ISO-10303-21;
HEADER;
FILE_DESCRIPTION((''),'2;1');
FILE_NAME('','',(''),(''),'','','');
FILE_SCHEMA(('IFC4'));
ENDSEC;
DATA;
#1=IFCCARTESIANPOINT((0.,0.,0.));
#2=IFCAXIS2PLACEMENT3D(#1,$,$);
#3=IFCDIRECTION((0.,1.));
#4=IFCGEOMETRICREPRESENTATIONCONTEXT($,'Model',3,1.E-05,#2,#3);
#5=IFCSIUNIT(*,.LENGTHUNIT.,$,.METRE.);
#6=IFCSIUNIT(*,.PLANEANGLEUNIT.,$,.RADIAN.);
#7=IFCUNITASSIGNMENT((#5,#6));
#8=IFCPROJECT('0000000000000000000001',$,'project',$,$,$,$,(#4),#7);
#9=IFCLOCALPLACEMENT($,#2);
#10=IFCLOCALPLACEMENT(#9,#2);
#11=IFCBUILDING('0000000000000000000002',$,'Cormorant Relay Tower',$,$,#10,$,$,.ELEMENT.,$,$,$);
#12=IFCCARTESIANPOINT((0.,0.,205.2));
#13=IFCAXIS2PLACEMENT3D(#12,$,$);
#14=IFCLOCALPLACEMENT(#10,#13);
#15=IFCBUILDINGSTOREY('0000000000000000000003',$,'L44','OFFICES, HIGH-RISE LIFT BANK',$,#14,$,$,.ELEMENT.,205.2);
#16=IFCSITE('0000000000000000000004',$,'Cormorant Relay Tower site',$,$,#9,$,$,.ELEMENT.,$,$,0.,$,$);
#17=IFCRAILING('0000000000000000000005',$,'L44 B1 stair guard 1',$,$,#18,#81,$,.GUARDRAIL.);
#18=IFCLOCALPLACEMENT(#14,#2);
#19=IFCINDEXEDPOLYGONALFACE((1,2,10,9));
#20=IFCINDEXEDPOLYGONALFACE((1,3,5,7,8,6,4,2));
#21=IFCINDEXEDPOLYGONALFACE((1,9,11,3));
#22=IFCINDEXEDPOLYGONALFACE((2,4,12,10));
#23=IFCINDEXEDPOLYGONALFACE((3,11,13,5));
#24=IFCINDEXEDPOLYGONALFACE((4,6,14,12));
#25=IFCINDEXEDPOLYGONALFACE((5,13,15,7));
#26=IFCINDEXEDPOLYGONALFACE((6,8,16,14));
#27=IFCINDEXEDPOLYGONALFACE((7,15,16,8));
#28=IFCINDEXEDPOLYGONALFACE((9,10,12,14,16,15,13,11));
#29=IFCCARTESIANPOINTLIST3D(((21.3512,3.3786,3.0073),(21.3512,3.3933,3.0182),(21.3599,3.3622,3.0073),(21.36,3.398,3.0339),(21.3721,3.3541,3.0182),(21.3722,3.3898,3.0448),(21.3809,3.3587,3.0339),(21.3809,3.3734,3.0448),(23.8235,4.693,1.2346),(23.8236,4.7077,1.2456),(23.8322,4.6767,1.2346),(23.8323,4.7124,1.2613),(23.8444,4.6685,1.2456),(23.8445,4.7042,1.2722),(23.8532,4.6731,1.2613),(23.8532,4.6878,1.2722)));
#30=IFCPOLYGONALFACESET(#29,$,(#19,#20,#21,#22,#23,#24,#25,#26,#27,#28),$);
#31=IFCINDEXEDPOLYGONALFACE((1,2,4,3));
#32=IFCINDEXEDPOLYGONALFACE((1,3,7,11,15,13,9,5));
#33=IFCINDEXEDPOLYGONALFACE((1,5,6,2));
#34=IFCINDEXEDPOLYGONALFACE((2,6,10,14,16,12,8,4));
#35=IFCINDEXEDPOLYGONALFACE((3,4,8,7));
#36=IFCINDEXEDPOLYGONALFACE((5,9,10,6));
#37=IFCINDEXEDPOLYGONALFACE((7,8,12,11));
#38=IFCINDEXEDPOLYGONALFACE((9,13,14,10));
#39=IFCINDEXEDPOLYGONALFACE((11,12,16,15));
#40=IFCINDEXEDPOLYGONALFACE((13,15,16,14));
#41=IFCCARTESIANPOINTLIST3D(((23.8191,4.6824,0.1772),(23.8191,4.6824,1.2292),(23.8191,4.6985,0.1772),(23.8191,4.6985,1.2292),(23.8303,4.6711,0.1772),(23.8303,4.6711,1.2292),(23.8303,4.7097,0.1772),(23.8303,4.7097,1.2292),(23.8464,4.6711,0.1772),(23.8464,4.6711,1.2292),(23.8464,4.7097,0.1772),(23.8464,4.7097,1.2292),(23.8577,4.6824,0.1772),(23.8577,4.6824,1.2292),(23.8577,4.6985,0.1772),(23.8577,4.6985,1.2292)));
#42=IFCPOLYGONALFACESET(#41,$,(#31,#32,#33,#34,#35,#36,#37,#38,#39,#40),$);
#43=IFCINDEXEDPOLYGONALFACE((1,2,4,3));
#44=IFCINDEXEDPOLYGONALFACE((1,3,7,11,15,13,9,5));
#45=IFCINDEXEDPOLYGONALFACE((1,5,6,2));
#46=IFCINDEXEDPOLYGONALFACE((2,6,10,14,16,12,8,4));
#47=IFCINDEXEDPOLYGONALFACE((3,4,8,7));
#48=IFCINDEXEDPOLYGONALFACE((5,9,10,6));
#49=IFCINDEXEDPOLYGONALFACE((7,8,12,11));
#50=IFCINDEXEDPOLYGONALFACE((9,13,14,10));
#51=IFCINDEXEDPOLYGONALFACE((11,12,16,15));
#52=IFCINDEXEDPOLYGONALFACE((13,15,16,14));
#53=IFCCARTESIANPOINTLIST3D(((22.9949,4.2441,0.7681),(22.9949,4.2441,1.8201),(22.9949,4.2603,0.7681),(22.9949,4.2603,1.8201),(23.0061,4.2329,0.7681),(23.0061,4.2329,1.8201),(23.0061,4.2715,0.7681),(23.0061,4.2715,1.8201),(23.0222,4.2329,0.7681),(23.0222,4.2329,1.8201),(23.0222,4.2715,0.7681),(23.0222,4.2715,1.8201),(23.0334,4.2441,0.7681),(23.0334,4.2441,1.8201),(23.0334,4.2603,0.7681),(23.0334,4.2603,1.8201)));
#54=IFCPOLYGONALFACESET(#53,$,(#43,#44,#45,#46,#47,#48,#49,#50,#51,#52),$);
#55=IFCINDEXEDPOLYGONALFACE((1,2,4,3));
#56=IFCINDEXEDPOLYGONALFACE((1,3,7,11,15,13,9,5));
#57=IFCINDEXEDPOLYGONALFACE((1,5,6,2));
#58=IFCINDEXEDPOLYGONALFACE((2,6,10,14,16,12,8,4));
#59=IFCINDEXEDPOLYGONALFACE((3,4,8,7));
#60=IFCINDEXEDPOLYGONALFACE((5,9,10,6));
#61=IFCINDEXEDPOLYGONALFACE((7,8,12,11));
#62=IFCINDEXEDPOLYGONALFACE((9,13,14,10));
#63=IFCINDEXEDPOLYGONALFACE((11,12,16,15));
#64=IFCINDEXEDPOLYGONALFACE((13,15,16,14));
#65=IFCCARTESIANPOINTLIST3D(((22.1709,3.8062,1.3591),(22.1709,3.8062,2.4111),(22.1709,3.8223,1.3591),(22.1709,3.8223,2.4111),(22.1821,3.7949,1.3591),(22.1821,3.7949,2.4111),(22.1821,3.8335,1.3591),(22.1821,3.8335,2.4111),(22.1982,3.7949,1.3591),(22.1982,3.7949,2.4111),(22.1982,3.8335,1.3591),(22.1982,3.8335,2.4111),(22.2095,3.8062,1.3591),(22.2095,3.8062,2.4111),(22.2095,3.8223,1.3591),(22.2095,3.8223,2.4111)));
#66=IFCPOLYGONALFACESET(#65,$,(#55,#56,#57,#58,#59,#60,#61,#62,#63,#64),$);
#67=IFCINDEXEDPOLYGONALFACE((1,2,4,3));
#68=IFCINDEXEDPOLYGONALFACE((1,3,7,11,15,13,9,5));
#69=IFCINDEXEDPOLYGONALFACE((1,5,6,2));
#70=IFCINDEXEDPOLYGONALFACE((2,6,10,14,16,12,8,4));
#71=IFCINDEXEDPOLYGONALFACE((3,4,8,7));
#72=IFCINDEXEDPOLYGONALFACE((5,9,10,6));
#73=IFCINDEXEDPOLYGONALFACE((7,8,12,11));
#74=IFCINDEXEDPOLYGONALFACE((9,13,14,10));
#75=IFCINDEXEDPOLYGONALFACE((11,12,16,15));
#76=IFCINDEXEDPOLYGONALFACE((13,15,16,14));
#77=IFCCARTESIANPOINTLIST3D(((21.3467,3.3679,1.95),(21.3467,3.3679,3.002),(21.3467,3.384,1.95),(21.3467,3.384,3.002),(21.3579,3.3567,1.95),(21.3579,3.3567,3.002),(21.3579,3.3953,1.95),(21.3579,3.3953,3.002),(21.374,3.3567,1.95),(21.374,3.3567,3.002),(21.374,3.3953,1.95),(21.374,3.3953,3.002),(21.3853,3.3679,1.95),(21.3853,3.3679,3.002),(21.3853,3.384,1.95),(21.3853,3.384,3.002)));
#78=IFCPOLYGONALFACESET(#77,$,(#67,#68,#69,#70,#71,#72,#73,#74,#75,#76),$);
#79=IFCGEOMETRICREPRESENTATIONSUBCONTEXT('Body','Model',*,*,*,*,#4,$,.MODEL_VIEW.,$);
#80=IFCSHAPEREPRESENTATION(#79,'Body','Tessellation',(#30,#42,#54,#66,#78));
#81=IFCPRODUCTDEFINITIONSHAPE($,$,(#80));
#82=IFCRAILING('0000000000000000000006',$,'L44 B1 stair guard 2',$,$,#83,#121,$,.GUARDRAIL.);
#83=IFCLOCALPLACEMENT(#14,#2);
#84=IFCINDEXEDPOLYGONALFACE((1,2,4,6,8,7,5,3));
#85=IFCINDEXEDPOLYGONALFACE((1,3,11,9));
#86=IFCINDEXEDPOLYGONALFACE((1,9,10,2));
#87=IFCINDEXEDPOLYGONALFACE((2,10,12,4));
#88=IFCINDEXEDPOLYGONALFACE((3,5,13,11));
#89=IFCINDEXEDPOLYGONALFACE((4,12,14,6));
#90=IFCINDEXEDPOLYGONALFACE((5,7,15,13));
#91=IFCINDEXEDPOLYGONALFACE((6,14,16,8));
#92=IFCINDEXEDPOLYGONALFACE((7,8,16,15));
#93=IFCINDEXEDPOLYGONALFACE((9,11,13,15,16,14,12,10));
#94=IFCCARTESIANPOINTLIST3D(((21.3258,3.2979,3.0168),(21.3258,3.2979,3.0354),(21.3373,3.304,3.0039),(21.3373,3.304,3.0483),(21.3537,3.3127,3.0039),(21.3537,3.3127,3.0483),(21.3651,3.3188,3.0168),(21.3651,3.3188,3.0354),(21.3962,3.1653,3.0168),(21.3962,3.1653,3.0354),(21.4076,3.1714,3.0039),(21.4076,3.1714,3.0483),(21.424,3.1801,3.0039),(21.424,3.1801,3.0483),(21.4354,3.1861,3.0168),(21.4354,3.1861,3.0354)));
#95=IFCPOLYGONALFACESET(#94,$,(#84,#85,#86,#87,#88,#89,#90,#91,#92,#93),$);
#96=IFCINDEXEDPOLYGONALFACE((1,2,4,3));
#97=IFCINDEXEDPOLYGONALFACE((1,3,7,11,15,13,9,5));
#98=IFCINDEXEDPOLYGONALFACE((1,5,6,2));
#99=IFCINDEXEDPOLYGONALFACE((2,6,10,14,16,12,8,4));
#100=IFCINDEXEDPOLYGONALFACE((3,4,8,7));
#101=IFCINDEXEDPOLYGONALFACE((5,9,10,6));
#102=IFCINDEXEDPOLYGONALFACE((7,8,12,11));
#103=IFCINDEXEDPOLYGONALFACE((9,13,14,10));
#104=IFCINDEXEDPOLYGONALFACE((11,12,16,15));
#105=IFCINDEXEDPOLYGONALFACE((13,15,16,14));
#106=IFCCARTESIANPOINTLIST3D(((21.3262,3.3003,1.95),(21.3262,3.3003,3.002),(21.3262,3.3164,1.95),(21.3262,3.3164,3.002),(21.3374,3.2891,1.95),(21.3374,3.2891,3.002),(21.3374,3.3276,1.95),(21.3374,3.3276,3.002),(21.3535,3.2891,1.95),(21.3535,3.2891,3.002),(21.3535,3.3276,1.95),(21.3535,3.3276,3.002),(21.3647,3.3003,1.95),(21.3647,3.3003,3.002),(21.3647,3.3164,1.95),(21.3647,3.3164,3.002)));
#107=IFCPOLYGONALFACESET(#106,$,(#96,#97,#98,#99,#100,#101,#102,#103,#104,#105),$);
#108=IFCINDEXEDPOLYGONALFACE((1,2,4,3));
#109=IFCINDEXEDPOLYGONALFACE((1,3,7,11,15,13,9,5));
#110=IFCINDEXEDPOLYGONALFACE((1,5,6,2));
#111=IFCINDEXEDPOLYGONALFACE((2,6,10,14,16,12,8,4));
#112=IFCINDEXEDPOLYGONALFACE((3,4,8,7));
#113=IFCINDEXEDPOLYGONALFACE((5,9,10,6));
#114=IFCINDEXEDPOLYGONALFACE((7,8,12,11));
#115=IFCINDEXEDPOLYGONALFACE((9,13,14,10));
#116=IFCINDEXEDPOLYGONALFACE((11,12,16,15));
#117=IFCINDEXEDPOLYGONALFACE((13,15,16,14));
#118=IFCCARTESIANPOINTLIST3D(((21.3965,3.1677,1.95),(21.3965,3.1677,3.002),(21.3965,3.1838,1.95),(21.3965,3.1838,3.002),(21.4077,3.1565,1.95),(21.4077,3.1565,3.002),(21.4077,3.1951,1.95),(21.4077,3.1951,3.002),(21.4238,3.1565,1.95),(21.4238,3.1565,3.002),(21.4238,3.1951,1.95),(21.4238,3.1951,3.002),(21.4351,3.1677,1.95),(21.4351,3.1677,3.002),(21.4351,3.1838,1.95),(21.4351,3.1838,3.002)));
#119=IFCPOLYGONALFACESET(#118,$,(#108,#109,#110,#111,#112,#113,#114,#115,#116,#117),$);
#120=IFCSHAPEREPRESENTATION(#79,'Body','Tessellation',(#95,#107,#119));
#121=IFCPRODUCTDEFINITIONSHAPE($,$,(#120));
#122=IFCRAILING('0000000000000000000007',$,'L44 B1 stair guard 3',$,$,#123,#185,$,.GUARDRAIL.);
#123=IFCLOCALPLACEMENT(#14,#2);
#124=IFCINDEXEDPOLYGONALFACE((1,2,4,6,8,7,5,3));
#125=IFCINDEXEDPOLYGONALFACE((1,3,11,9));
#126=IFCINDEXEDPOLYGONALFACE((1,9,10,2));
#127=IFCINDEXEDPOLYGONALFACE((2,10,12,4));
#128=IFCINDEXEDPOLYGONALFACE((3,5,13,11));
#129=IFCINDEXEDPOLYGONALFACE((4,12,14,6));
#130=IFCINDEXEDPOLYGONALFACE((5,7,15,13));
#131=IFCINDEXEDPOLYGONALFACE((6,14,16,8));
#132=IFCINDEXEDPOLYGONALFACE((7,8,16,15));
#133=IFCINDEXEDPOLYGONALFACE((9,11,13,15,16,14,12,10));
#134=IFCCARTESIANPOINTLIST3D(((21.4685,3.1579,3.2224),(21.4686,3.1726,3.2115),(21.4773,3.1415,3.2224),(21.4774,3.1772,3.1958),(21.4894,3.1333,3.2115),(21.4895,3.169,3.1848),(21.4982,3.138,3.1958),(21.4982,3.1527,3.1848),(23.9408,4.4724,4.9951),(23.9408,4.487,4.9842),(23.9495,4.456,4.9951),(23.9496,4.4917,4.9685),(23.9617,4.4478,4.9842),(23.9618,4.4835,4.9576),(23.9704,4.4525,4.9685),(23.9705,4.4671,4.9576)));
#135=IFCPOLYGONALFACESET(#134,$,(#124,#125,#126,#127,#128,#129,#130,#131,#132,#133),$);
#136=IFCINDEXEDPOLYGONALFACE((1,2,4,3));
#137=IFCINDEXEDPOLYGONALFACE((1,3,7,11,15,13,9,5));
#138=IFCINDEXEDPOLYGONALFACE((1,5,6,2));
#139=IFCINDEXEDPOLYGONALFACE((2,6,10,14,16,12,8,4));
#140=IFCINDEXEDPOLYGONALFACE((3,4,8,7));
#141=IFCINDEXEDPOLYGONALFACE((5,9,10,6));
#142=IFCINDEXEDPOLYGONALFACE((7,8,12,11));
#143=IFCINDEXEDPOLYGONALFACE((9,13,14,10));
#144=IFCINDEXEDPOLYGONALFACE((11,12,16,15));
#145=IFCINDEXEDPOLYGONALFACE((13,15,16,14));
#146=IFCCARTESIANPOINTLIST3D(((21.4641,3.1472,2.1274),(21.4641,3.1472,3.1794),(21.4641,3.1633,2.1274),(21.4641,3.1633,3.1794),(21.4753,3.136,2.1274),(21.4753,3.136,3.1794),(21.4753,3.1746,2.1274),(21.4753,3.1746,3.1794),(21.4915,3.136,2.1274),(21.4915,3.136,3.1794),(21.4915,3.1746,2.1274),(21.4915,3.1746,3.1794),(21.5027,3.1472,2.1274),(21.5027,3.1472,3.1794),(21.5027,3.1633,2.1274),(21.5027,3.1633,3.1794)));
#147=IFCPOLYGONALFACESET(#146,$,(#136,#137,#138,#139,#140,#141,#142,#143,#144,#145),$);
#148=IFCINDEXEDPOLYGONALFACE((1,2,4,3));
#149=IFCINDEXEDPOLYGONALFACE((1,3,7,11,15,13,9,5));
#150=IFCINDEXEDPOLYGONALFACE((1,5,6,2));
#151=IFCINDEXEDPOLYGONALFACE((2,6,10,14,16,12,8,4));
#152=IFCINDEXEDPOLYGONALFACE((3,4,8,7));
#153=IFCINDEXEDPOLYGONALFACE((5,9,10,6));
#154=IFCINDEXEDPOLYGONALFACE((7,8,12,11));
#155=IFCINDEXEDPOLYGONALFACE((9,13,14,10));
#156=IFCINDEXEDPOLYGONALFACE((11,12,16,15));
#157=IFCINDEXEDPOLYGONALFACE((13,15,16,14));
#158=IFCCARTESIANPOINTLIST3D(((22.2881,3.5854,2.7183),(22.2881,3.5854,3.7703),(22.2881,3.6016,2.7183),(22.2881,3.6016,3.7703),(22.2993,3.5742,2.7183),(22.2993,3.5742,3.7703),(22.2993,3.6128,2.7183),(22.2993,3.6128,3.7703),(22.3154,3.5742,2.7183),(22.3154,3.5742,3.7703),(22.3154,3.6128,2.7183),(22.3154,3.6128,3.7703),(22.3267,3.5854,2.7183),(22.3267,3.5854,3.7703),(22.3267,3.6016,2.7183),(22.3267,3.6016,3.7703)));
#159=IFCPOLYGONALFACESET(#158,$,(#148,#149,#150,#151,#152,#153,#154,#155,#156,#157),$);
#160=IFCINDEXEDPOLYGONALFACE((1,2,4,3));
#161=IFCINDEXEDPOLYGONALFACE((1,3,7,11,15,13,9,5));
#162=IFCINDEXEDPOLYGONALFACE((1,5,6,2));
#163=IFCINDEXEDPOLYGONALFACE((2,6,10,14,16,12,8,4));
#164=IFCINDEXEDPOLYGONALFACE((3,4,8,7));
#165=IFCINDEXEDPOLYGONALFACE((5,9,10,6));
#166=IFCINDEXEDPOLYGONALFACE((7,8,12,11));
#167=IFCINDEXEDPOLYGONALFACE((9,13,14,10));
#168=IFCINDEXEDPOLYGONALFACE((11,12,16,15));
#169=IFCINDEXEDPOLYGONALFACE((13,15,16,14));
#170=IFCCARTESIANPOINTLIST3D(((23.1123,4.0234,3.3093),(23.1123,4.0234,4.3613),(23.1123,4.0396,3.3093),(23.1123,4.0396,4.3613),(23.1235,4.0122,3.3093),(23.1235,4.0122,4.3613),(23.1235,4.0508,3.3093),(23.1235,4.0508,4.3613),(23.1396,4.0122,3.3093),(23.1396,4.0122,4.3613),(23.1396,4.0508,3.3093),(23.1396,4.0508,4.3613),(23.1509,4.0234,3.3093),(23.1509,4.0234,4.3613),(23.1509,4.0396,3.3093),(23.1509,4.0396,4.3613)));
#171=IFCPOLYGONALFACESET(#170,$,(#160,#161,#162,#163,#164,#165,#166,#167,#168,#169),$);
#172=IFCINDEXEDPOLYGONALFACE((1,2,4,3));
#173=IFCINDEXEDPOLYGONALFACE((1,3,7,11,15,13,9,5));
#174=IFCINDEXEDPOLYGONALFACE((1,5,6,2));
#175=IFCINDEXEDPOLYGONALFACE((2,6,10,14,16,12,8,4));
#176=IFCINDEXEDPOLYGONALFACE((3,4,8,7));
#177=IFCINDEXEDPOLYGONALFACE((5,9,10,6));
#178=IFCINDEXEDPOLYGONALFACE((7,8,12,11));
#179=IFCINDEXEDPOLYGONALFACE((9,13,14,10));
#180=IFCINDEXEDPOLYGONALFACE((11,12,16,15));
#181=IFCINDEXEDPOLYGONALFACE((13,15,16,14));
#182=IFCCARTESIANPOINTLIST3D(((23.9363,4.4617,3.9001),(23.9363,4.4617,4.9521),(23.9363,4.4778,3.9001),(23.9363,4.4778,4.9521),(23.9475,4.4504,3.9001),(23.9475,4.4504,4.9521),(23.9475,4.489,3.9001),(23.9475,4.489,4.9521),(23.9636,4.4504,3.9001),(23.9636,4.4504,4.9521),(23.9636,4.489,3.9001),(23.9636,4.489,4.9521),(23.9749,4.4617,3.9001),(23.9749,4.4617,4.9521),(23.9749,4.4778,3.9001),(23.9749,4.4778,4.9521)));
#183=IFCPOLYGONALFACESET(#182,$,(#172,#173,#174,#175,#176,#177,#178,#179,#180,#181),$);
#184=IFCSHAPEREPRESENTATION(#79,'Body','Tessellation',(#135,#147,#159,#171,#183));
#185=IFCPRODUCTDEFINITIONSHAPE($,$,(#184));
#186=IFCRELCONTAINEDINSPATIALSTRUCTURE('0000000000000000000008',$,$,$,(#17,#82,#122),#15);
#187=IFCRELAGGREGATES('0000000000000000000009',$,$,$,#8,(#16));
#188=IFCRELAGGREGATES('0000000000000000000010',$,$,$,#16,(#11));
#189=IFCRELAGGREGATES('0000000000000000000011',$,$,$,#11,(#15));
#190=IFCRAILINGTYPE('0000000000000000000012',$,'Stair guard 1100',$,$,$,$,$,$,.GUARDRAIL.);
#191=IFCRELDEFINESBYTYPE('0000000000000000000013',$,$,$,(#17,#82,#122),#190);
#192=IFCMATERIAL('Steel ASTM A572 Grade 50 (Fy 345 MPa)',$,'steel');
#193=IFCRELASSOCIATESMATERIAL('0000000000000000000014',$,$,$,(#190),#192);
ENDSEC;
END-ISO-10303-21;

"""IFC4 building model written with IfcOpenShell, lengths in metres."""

from ifc_helpers import new_model, si_unit, direction, frame, origin, place, context, subcontext, project, spatial, polyline, outline, extrude, material, type_object, element, save


model = new_model("IFC4")

# Units and contexts
model_context = context("Model", 3, precision=1e-05, world=origin(), true_north=direction((0.0, 1.0)))
body_context = subcontext(model_context, "Body", "Model", "MODEL_VIEW")
ifc_project = project(units=[si_unit("LENGTHUNIT", "METRE"), si_unit("PLANEANGLEUNIT", "RADIAN")], contexts=[model_context])

# Site, building, storey
site_placement = place(None, origin())
site = spatial("IfcSite", under=ifc_project, at=site_placement, Name="Cormorant Relay Tower site", CompositionType="ELEMENT", RefElevation=0.0)
building_placement = place(site_placement, origin())
building = spatial("IfcBuilding", under=site, at=building_placement, Name="Cormorant Relay Tower", CompositionType="ELEMENT")
storey_placement = place(building_placement, frame((0.0, 0.0, 205.2)))
storey = spatial("IfcBuildingStorey", under=building, at=storey_placement, Name="L44", Description="OFFICES, HIGH-RISE LIFT BANK", CompositionType="ELEMENT", Elevation=205.2)

# Railings
ifc_material_1 = material(Name="Steel ASTM A572 Grade 50 (Fy 345 MPa)", Category="steel")
railing_type_1 = type_object("IfcRailingType", Name="Stair guard 1100", PredefinedType="GUARDRAIL", material=ifc_material_1)
railing_1_placement = place(storey_placement, frame((23.8384, 4.6904, 0.1772)))
element("IfcRailing", 1, at=railing_1_placement, inside=storey, type_object=railing_type_1, Name="L44 B1 stair guard 1", PredefinedType="GUARDRAIL", context=body_context, shape_type="SweptSolid", body=[
    extrude(outline(polyline([(0.0222, 0.0093), (0.0093, 0.0222), (-0.0093, 0.0222), (-0.0222, 0.0093), (-0.0222, -0.0093), (-0.0093, -0.0222), (0.0093, -0.0222), (0.0222, -0.0093), (0.0222, 0.0093)])), frame((0.0, 0.0, 1.0762), z_axis=(-0.746034, -0.396627, 0.534902), x_axis=(0.469429, -0.88297, 0.0)), (0.0, 0.0, 1.0), 3.314),
    extrude(outline(polyline([(0.0193, 0.0081), (0.0081, 0.0193), (-0.0081, 0.0193), (-0.0193, 0.0081), (-0.0193, -0.0081), (-0.0081, -0.0193), (0.0081, -0.0193), (0.0193, -0.0081), (0.0193, 0.0081)])), origin(), (0.0, 0.0, 1.0), 1.052),
    extrude(outline(polyline([(0.0193, 0.0081), (0.0081, 0.0193), (-0.0081, 0.0193), (-0.0193, 0.0081), (-0.0193, -0.0081), (-0.0081, -0.0193), (0.0081, -0.0193), (0.0193, -0.0081), (0.0193, 0.0081)])), frame((-0.8242, -0.4382, 0.5908)), (0.0, 0.0, 1.0), 1.052),
    extrude(outline(polyline([(0.0193, 0.0081), (0.0081, 0.0193), (-0.0081, 0.0193), (-0.0193, 0.0081), (-0.0193, -0.0081), (-0.0081, -0.0193), (0.0081, -0.0193), (0.0193, -0.0081), (0.0193, 0.0081)])), frame((-1.6482, -0.8762, 1.1819)), (0.0, 0.0, 1.0), 1.052),
    extrude(outline(polyline([(0.0193, 0.0081), (0.0081, 0.0193), (-0.0081, 0.0193), (-0.0193, 0.0081), (-0.0193, -0.0081), (-0.0081, -0.0193), (0.0081, -0.0193), (0.0193, -0.0081), (0.0193, 0.0081)])), frame((-2.4724, -1.3145, 1.7727)), (0.0, 0.0, 1.0), 1.052),
])
railing_2_placement = place(storey_placement, frame((21.3455, 3.3083, 1.95)))
element("IfcRailing", 2, at=railing_2_placement, inside=storey, type_object=railing_type_1, Name="L44 B1 stair guard 2", PredefinedType="GUARDRAIL", context=body_context, shape_type="SweptSolid", body=[
    extrude(outline(polyline([(0.0222, 0.0093), (0.0093, 0.0222), (-0.0093, 0.0222), (-0.0222, 0.0093), (-0.0222, -0.0093), (-0.0093, -0.0222), (0.0093, -0.0222), (0.0222, -0.0093), (0.0222, 0.0093)])), frame((0.0, 0.0, 1.0762), z_axis=(0.46856, -0.883431, 0.0), x_axis=(0.883431, 0.46856, 0.0)), (0.0, 0.0, 1.0), 0.1501),
    extrude(outline(polyline([(0.0193, 0.0081), (0.0081, 0.0193), (-0.0081, 0.0193), (-0.0193, 0.0081), (-0.0193, -0.0081), (-0.0081, -0.0193), (0.0081, -0.0193), (0.0193, -0.0081), (0.0193, 0.0081)])), origin(), (0.0, 0.0, 1.0), 1.052),
    extrude(outline(polyline([(0.0193, 0.0081), (0.0081, 0.0193), (-0.0081, 0.0193), (-0.0193, 0.0081), (-0.0193, -0.0081), (-0.0081, -0.0193), (0.0081, -0.0193), (0.0193, -0.0081), (0.0193, 0.0081)])), frame((0.0703, -0.1326, 0.0)), (0.0, 0.0, 1.0), 1.052),
])
railing_3_placement = place(storey_placement, frame((21.4834, 3.1553, 2.1274)))
element("IfcRailing", 3, at=railing_3_placement, inside=storey, type_object=railing_type_1, Name="L44 B1 stair guard 3", PredefinedType="GUARDRAIL", context=body_context, shape_type="SweptSolid", body=[
    extrude(outline(polyline([(0.0222, 0.0093), (0.0093, 0.0222), (-0.0093, 0.0222), (-0.0222, 0.0093), (-0.0222, -0.0093), (-0.0093, -0.0222), (0.0093, -0.0222), (0.0222, -0.0093), (0.0222, 0.0093)])), frame((0.0, 0.0, 1.0762), z_axis=(0.746001, 0.396649, 0.534931), x_axis=(-0.469465, 0.882951, 0.0)), (0.0, 0.0, 1.0), 3.314),
    extrude(outline(polyline([(0.0193, 0.0081), (0.0081, 0.0193), (-0.0081, 0.0193), (-0.0193, 0.0081), (-0.0193, -0.0081), (-0.0081, -0.0193), (0.0081, -0.0193), (0.0193, -0.0081), (0.0193, 0.0081)])), origin(), (0.0, 0.0, 1.0), 1.052),
    extrude(outline(polyline([(0.0193, 0.0081), (0.0081, 0.0193), (-0.0081, 0.0193), (-0.0193, 0.0081), (-0.0193, -0.0081), (-0.0081, -0.0193), (0.0081, -0.0193), (0.0193, -0.0081), (0.0193, 0.0081)])), frame((0.824, 0.4382, 0.5908)), (0.0, 0.0, 1.0), 1.052),
    extrude(outline(polyline([(0.0193, 0.0081), (0.0081, 0.0193), (-0.0081, 0.0193), (-0.0193, 0.0081), (-0.0193, -0.0081), (-0.0081, -0.0193), (0.0081, -0.0193), (0.0193, -0.0081), (0.0193, 0.0081)])), frame((1.6482, 0.8762, 1.1819)), (0.0, 0.0, 1.0), 1.052),
    extrude(outline(polyline([(0.0193, 0.0081), (0.0081, 0.0193), (-0.0081, 0.0193), (-0.0193, 0.0081), (-0.0193, -0.0081), (-0.0081, -0.0193), (0.0081, -0.0193), (0.0193, -0.0081), (0.0193, 0.0081)])), frame((2.4722, 1.3145, 1.7727)), (0.0, 0.0, 1.0), 1.052),
])

save(model, "model.ifc")
